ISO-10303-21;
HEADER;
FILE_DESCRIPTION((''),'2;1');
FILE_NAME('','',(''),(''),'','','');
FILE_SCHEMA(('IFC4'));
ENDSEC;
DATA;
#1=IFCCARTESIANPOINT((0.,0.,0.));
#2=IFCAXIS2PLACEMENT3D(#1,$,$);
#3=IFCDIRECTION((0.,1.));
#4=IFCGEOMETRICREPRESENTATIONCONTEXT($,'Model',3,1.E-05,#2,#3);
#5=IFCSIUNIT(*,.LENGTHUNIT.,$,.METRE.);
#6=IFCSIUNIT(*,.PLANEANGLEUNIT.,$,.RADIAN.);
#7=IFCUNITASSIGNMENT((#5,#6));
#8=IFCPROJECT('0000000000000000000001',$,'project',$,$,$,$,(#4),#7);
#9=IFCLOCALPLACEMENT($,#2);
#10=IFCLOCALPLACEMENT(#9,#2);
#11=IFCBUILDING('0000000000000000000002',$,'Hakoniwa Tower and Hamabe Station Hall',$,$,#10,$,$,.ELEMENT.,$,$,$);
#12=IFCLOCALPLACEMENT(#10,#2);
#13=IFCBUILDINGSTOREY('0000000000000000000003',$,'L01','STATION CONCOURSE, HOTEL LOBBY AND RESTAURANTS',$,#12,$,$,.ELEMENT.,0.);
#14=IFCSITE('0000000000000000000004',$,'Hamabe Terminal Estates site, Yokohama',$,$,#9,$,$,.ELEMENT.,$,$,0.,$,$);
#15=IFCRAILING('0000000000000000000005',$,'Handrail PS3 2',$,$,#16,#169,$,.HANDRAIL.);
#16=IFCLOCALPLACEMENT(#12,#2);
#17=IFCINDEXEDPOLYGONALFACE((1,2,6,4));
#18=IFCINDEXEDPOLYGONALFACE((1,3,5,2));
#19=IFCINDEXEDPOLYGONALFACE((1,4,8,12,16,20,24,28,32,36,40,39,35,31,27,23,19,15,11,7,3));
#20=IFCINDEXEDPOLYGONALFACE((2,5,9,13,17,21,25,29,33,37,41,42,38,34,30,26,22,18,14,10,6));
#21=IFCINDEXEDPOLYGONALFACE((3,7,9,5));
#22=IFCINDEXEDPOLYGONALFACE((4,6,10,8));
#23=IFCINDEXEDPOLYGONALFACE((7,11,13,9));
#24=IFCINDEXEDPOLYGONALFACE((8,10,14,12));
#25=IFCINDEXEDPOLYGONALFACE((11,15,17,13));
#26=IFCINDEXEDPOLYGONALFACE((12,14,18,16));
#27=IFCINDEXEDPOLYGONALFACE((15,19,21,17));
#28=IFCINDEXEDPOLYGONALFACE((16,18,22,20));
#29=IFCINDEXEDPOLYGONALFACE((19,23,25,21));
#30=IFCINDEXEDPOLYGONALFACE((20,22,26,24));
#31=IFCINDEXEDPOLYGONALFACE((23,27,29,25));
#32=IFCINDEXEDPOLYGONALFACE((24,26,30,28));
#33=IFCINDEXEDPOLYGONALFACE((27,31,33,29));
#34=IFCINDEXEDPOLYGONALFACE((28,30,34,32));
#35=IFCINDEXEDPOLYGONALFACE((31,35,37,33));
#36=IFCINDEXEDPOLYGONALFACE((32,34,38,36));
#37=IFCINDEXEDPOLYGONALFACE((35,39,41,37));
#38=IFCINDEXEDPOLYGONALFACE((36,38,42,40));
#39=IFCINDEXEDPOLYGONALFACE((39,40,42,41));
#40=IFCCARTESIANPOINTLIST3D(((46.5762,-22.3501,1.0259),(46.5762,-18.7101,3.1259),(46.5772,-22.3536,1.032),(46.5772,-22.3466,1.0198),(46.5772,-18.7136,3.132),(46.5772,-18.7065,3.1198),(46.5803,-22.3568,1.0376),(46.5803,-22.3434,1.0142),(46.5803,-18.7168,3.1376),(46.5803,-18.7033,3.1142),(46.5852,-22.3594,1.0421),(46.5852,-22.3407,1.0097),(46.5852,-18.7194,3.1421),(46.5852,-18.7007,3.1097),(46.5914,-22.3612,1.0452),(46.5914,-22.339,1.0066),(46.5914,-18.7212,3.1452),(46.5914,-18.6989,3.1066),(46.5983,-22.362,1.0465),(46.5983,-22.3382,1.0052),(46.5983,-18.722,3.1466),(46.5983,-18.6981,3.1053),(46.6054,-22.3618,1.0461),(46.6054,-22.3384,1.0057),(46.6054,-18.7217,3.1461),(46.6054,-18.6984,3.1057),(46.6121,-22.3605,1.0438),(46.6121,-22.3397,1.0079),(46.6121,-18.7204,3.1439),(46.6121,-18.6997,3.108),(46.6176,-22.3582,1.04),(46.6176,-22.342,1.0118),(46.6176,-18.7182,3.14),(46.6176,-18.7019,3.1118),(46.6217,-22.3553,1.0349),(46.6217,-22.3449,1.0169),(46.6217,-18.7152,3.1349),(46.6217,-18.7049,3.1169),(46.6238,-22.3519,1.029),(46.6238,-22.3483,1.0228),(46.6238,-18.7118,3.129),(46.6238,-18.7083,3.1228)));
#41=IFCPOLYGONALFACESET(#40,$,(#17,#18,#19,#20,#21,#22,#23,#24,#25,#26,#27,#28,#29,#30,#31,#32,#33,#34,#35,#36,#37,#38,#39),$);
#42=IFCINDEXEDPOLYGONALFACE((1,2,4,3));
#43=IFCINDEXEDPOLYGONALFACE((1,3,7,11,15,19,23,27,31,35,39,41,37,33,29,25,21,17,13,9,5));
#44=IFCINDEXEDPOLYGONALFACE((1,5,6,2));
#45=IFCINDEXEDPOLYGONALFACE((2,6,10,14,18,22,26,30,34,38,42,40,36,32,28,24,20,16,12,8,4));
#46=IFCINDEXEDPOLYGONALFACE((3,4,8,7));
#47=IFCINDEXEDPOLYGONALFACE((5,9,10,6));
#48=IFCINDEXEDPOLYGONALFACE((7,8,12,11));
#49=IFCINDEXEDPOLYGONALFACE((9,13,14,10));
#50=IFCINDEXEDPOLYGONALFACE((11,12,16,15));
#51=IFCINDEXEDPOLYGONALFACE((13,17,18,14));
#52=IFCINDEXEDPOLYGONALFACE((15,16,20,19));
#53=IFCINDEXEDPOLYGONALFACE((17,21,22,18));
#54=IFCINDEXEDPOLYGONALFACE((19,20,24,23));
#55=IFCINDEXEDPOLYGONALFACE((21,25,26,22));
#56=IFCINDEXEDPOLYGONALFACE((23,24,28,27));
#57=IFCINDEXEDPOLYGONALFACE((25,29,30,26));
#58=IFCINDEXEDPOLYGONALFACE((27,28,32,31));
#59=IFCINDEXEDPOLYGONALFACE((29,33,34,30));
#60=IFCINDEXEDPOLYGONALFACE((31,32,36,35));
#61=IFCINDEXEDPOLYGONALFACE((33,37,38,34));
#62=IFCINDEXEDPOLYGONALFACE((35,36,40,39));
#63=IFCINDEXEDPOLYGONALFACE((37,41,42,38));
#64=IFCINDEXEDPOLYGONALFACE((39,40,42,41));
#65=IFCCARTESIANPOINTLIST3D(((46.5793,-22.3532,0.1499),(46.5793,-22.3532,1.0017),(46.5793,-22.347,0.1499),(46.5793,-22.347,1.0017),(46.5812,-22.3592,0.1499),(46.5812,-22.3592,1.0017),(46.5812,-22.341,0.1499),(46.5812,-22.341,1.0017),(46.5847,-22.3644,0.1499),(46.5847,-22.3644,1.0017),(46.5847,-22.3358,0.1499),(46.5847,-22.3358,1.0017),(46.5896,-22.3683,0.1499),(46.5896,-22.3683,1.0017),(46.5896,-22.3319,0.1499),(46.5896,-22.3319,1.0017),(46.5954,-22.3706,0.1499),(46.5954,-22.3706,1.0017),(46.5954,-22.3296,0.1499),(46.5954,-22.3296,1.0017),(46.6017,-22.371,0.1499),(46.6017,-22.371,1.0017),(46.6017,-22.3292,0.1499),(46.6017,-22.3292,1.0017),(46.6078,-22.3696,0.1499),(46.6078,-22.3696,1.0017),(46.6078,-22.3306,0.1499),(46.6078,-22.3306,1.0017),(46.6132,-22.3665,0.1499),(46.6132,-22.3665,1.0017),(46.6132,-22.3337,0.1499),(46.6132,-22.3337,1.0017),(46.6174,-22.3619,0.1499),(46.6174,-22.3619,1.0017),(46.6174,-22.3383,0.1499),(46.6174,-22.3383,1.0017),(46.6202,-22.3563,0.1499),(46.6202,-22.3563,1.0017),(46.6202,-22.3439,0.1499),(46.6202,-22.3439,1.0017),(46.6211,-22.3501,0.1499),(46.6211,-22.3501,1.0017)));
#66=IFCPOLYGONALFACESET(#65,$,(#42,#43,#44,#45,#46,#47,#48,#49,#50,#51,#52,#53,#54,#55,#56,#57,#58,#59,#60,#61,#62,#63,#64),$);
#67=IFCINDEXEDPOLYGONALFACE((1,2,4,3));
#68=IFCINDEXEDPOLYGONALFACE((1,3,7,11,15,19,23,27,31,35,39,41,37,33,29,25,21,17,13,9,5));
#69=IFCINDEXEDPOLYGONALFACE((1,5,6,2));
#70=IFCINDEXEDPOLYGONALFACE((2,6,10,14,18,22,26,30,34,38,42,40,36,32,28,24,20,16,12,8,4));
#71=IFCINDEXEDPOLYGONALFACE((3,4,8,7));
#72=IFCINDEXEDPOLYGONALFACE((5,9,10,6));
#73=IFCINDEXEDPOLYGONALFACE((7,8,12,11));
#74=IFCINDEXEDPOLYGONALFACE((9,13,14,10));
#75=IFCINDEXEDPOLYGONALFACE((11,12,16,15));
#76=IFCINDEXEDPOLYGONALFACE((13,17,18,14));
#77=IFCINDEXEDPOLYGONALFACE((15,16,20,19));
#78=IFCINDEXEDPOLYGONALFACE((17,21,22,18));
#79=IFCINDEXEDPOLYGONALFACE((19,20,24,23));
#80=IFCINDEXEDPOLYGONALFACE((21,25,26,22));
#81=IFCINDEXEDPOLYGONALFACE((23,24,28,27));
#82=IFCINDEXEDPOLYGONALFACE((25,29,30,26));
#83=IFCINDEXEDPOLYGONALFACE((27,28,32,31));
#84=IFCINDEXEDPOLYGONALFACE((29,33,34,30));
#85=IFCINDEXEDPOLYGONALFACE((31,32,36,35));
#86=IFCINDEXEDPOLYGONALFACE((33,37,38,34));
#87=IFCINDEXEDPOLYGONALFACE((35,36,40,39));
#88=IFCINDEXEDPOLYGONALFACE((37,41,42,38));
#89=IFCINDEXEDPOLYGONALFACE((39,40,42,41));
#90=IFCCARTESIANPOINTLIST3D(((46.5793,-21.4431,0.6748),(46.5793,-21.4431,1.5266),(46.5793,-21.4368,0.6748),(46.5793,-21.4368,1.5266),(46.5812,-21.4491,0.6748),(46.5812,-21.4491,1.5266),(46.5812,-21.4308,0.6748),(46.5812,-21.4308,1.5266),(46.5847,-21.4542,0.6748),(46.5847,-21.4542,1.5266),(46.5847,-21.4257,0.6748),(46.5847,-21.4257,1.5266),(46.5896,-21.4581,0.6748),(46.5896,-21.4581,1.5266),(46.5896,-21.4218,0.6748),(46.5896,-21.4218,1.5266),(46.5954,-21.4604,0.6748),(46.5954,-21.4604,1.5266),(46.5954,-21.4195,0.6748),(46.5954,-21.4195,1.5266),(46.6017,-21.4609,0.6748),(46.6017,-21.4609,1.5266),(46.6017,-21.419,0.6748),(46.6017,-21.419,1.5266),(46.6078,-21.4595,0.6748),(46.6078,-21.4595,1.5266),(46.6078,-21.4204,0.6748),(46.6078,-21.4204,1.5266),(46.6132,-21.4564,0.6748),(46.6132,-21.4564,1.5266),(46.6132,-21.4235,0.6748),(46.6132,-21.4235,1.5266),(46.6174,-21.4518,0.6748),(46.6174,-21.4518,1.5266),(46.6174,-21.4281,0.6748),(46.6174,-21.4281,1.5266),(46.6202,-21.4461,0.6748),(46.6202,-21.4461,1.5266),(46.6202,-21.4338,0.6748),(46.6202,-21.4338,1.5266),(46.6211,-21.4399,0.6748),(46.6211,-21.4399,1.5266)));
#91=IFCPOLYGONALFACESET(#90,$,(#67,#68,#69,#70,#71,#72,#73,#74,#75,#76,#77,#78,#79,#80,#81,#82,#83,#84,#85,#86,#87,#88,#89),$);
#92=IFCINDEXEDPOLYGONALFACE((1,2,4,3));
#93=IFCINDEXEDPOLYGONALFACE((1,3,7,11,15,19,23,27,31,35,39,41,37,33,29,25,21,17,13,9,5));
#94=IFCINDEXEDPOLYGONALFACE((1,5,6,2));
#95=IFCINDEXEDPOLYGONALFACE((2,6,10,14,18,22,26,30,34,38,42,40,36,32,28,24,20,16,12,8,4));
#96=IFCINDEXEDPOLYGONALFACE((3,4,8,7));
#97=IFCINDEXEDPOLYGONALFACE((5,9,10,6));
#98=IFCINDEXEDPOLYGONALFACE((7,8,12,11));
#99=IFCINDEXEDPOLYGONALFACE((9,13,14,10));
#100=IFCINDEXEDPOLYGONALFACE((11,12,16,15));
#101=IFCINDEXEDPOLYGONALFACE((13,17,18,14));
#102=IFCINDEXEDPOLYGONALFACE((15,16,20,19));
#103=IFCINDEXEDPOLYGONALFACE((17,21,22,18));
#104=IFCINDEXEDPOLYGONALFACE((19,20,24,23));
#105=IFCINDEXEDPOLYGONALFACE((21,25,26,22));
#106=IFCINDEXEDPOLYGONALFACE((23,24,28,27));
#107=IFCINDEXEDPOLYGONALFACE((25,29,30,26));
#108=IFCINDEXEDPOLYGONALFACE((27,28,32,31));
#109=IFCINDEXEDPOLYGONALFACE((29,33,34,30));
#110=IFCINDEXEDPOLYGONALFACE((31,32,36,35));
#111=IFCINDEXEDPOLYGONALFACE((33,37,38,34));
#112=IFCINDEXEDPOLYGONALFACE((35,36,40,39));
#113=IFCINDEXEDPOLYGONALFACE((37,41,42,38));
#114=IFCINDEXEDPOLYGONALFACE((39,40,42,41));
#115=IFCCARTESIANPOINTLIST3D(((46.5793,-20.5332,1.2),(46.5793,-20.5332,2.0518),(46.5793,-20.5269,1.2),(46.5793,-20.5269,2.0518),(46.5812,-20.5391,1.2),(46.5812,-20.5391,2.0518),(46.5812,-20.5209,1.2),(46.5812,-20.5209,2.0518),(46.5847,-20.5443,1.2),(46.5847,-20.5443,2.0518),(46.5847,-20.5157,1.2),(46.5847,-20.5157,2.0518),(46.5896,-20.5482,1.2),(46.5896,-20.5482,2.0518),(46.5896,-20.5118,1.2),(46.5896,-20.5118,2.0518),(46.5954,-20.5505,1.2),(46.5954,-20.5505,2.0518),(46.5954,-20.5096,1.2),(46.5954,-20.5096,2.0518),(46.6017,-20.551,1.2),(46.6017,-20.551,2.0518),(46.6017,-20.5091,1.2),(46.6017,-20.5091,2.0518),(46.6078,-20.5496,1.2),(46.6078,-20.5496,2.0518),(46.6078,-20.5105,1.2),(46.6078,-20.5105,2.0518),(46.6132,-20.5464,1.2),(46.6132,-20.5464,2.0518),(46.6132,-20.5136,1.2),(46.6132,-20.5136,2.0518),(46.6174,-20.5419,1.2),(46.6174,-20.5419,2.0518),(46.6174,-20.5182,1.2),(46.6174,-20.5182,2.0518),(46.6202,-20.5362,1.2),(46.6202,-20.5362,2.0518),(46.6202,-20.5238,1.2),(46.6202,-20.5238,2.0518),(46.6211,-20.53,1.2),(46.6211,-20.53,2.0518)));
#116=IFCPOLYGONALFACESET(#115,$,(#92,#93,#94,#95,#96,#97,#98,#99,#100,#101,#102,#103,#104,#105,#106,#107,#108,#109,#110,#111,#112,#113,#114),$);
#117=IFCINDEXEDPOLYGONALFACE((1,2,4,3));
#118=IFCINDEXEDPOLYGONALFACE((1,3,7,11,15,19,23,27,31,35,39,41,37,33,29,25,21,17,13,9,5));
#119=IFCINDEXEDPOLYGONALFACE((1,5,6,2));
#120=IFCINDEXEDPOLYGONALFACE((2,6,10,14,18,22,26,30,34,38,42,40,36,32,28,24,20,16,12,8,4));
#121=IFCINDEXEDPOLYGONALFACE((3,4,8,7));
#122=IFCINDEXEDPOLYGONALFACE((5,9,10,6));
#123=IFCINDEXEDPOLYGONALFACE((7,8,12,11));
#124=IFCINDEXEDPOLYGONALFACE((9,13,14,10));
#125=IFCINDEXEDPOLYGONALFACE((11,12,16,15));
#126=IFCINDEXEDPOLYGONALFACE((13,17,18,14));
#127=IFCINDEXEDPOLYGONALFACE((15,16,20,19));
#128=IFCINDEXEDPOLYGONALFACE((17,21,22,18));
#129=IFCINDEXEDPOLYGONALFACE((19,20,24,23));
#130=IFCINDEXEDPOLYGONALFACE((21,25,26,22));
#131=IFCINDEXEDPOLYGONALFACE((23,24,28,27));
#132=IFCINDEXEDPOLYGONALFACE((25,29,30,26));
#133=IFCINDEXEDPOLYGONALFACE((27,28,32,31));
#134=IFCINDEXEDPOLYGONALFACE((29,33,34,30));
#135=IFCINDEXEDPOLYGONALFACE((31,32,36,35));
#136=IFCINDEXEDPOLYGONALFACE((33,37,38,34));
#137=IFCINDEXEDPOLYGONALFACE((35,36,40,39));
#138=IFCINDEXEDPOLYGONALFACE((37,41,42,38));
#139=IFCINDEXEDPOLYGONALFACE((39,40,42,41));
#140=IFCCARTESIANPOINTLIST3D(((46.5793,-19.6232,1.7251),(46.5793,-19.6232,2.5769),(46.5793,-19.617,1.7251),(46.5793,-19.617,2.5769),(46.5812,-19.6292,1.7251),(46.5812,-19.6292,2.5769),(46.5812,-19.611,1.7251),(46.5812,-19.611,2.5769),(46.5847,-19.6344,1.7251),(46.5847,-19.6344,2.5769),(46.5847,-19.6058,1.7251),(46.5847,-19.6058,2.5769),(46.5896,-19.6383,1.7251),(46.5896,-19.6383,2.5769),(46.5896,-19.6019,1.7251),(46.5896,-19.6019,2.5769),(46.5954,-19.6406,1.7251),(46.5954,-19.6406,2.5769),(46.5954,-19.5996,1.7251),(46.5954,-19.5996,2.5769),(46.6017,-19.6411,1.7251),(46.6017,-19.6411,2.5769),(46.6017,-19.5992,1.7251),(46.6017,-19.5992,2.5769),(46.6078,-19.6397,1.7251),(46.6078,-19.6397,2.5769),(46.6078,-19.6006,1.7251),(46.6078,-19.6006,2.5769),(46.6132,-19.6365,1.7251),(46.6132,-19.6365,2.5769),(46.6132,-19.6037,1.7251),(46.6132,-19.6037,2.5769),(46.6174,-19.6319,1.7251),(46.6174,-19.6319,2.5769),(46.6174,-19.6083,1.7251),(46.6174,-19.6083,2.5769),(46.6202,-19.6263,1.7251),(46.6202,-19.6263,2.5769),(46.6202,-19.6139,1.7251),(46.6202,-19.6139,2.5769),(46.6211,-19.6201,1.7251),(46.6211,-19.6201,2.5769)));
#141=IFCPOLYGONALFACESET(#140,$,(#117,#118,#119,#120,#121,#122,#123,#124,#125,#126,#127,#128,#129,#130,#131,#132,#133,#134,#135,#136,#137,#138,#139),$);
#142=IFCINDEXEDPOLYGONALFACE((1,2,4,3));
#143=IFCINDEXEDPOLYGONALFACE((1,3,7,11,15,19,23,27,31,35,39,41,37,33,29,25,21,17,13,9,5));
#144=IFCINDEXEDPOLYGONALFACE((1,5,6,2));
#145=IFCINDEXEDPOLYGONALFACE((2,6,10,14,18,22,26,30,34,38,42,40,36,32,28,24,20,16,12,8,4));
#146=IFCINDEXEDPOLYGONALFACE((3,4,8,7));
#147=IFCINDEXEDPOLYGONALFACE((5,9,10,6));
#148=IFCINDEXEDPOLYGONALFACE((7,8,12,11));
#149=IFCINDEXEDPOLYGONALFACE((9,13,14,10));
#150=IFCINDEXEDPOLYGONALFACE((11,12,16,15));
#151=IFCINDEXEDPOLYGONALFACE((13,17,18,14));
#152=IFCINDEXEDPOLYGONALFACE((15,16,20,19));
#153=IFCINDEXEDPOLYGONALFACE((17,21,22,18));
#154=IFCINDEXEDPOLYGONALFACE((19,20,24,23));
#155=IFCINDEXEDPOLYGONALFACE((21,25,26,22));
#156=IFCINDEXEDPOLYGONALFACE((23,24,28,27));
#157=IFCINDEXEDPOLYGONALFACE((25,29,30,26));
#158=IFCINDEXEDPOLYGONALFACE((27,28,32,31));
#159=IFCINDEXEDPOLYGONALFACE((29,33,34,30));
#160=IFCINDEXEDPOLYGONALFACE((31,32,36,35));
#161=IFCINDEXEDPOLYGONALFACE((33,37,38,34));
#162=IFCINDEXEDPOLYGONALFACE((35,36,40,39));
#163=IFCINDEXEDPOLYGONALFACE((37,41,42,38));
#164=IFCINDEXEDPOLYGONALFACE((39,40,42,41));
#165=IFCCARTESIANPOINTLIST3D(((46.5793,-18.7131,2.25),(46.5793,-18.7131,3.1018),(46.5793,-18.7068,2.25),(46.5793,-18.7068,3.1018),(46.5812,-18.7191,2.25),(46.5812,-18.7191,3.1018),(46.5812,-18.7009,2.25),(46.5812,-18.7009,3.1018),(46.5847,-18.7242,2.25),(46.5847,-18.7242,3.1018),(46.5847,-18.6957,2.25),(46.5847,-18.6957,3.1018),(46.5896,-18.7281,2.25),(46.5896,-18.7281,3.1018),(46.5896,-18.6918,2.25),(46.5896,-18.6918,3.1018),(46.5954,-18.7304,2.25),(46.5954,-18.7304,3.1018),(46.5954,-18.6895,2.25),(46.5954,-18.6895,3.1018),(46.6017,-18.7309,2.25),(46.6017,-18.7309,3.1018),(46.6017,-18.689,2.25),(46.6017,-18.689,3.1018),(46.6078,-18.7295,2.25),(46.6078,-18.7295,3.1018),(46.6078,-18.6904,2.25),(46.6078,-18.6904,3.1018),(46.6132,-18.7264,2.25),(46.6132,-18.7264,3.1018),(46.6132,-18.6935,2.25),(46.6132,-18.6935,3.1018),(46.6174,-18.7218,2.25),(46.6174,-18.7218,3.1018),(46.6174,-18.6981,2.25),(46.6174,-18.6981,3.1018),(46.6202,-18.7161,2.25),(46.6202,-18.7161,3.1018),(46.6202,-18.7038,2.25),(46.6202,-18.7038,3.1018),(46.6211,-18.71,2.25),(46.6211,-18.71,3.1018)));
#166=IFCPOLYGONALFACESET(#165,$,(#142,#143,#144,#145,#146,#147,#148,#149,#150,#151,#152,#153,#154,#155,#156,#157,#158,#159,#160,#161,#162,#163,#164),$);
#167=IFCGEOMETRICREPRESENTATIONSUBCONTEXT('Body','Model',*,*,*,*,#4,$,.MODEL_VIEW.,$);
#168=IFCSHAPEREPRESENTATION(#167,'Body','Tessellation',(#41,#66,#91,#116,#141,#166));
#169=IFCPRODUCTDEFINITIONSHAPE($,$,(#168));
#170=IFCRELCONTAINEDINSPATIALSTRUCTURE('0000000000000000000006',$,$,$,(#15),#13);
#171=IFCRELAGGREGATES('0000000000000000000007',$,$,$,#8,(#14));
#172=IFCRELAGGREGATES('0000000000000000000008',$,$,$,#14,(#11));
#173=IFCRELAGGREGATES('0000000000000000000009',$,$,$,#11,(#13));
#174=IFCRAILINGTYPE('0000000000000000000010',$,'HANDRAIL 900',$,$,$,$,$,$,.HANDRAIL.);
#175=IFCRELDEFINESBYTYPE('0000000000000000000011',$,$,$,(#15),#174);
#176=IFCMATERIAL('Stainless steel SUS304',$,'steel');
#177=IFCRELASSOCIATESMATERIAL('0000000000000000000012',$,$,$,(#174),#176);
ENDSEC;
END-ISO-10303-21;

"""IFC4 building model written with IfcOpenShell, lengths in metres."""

from ifc_helpers import new_model, si_unit, direction, frame, origin, origin_2d, place, context, subcontext, project, spatial, circle, extrude, material, type_object, element, save


model = new_model("IFC4")

# Units and contexts
model_context = context("Model", 3, precision=1e-05, world=origin(), true_north=direction((0.0, 1.0)))
body_context = subcontext(model_context, "Body", "Model", "MODEL_VIEW")
ifc_project = project(units=[si_unit("LENGTHUNIT", "METRE"), si_unit("PLANEANGLEUNIT", "RADIAN")], contexts=[model_context])

# Site, building, storey
site_placement = place(None, origin())
site = spatial("IfcSite", under=ifc_project, at=site_placement, Name="Hamabe Terminal Estates site, Yokohama", CompositionType="ELEMENT", RefElevation=0.0)
building_placement = place(site_placement, origin())
building = spatial("IfcBuilding", under=site, at=building_placement, Name="Hakoniwa Tower and Hamabe Station Hall", CompositionType="ELEMENT")
storey_placement = place(building_placement, origin())
storey = spatial("IfcBuildingStorey", under=building, at=storey_placement, Name="L01", Description="STATION CONCOURSE, HOTEL LOBBY AND RESTAURANTS", CompositionType="ELEMENT", Elevation=0.0)

# Railing
ifc_material_1 = material(Name="Stainless steel SUS304", Category="steel")
railing_type_1 = type_object("IfcRailingType", Name="HANDRAIL 900", PredefinedType="HANDRAIL", material=ifc_material_1)
for number, where, name in (
    (1, (46.6001, -22.3501, 0.1499), "Handrail PS3 2"),
):
    element("IfcRailing", number, at=place(storey_placement, frame(where)), inside=storey, type_object=railing_type_1, Name=name, PredefinedType="HANDRAIL", context=body_context, shape_type="SweptSolid", body=[
        extrude(circle(Radius=0.0239, at=origin_2d()), frame((0.0, 0.0, 0.876), z_axis=(0.0, 0.866184, 0.499726), x_axis=(-1.0, 0.0, 0.0)), (0.0, 0.0, 1.0), 4.2024),
        extrude(circle(Radius=0.021, at=origin_2d()), origin(), (0.0, 0.0, 1.0), 0.8518),
        extrude(circle(Radius=0.021, at=origin_2d()), frame((0.0, 0.9102, 0.5249)), (0.0, 0.0, 1.0), 0.8518),
        extrude(circle(Radius=0.021, at=origin_2d()), frame((0.0, 1.8201, 1.05)), (0.0, 0.0, 1.0), 0.8518),
        extrude(circle(Radius=0.021, at=origin_2d()), frame((0.0, 2.73, 1.5752)), (0.0, 0.0, 1.0), 0.8518),
        extrude(circle(Radius=0.021, at=origin_2d()), frame((0.0, 3.6401, 2.1001)), (0.0, 0.0, 1.0), 0.8518),
    ])

save(model, "model.ifc")
